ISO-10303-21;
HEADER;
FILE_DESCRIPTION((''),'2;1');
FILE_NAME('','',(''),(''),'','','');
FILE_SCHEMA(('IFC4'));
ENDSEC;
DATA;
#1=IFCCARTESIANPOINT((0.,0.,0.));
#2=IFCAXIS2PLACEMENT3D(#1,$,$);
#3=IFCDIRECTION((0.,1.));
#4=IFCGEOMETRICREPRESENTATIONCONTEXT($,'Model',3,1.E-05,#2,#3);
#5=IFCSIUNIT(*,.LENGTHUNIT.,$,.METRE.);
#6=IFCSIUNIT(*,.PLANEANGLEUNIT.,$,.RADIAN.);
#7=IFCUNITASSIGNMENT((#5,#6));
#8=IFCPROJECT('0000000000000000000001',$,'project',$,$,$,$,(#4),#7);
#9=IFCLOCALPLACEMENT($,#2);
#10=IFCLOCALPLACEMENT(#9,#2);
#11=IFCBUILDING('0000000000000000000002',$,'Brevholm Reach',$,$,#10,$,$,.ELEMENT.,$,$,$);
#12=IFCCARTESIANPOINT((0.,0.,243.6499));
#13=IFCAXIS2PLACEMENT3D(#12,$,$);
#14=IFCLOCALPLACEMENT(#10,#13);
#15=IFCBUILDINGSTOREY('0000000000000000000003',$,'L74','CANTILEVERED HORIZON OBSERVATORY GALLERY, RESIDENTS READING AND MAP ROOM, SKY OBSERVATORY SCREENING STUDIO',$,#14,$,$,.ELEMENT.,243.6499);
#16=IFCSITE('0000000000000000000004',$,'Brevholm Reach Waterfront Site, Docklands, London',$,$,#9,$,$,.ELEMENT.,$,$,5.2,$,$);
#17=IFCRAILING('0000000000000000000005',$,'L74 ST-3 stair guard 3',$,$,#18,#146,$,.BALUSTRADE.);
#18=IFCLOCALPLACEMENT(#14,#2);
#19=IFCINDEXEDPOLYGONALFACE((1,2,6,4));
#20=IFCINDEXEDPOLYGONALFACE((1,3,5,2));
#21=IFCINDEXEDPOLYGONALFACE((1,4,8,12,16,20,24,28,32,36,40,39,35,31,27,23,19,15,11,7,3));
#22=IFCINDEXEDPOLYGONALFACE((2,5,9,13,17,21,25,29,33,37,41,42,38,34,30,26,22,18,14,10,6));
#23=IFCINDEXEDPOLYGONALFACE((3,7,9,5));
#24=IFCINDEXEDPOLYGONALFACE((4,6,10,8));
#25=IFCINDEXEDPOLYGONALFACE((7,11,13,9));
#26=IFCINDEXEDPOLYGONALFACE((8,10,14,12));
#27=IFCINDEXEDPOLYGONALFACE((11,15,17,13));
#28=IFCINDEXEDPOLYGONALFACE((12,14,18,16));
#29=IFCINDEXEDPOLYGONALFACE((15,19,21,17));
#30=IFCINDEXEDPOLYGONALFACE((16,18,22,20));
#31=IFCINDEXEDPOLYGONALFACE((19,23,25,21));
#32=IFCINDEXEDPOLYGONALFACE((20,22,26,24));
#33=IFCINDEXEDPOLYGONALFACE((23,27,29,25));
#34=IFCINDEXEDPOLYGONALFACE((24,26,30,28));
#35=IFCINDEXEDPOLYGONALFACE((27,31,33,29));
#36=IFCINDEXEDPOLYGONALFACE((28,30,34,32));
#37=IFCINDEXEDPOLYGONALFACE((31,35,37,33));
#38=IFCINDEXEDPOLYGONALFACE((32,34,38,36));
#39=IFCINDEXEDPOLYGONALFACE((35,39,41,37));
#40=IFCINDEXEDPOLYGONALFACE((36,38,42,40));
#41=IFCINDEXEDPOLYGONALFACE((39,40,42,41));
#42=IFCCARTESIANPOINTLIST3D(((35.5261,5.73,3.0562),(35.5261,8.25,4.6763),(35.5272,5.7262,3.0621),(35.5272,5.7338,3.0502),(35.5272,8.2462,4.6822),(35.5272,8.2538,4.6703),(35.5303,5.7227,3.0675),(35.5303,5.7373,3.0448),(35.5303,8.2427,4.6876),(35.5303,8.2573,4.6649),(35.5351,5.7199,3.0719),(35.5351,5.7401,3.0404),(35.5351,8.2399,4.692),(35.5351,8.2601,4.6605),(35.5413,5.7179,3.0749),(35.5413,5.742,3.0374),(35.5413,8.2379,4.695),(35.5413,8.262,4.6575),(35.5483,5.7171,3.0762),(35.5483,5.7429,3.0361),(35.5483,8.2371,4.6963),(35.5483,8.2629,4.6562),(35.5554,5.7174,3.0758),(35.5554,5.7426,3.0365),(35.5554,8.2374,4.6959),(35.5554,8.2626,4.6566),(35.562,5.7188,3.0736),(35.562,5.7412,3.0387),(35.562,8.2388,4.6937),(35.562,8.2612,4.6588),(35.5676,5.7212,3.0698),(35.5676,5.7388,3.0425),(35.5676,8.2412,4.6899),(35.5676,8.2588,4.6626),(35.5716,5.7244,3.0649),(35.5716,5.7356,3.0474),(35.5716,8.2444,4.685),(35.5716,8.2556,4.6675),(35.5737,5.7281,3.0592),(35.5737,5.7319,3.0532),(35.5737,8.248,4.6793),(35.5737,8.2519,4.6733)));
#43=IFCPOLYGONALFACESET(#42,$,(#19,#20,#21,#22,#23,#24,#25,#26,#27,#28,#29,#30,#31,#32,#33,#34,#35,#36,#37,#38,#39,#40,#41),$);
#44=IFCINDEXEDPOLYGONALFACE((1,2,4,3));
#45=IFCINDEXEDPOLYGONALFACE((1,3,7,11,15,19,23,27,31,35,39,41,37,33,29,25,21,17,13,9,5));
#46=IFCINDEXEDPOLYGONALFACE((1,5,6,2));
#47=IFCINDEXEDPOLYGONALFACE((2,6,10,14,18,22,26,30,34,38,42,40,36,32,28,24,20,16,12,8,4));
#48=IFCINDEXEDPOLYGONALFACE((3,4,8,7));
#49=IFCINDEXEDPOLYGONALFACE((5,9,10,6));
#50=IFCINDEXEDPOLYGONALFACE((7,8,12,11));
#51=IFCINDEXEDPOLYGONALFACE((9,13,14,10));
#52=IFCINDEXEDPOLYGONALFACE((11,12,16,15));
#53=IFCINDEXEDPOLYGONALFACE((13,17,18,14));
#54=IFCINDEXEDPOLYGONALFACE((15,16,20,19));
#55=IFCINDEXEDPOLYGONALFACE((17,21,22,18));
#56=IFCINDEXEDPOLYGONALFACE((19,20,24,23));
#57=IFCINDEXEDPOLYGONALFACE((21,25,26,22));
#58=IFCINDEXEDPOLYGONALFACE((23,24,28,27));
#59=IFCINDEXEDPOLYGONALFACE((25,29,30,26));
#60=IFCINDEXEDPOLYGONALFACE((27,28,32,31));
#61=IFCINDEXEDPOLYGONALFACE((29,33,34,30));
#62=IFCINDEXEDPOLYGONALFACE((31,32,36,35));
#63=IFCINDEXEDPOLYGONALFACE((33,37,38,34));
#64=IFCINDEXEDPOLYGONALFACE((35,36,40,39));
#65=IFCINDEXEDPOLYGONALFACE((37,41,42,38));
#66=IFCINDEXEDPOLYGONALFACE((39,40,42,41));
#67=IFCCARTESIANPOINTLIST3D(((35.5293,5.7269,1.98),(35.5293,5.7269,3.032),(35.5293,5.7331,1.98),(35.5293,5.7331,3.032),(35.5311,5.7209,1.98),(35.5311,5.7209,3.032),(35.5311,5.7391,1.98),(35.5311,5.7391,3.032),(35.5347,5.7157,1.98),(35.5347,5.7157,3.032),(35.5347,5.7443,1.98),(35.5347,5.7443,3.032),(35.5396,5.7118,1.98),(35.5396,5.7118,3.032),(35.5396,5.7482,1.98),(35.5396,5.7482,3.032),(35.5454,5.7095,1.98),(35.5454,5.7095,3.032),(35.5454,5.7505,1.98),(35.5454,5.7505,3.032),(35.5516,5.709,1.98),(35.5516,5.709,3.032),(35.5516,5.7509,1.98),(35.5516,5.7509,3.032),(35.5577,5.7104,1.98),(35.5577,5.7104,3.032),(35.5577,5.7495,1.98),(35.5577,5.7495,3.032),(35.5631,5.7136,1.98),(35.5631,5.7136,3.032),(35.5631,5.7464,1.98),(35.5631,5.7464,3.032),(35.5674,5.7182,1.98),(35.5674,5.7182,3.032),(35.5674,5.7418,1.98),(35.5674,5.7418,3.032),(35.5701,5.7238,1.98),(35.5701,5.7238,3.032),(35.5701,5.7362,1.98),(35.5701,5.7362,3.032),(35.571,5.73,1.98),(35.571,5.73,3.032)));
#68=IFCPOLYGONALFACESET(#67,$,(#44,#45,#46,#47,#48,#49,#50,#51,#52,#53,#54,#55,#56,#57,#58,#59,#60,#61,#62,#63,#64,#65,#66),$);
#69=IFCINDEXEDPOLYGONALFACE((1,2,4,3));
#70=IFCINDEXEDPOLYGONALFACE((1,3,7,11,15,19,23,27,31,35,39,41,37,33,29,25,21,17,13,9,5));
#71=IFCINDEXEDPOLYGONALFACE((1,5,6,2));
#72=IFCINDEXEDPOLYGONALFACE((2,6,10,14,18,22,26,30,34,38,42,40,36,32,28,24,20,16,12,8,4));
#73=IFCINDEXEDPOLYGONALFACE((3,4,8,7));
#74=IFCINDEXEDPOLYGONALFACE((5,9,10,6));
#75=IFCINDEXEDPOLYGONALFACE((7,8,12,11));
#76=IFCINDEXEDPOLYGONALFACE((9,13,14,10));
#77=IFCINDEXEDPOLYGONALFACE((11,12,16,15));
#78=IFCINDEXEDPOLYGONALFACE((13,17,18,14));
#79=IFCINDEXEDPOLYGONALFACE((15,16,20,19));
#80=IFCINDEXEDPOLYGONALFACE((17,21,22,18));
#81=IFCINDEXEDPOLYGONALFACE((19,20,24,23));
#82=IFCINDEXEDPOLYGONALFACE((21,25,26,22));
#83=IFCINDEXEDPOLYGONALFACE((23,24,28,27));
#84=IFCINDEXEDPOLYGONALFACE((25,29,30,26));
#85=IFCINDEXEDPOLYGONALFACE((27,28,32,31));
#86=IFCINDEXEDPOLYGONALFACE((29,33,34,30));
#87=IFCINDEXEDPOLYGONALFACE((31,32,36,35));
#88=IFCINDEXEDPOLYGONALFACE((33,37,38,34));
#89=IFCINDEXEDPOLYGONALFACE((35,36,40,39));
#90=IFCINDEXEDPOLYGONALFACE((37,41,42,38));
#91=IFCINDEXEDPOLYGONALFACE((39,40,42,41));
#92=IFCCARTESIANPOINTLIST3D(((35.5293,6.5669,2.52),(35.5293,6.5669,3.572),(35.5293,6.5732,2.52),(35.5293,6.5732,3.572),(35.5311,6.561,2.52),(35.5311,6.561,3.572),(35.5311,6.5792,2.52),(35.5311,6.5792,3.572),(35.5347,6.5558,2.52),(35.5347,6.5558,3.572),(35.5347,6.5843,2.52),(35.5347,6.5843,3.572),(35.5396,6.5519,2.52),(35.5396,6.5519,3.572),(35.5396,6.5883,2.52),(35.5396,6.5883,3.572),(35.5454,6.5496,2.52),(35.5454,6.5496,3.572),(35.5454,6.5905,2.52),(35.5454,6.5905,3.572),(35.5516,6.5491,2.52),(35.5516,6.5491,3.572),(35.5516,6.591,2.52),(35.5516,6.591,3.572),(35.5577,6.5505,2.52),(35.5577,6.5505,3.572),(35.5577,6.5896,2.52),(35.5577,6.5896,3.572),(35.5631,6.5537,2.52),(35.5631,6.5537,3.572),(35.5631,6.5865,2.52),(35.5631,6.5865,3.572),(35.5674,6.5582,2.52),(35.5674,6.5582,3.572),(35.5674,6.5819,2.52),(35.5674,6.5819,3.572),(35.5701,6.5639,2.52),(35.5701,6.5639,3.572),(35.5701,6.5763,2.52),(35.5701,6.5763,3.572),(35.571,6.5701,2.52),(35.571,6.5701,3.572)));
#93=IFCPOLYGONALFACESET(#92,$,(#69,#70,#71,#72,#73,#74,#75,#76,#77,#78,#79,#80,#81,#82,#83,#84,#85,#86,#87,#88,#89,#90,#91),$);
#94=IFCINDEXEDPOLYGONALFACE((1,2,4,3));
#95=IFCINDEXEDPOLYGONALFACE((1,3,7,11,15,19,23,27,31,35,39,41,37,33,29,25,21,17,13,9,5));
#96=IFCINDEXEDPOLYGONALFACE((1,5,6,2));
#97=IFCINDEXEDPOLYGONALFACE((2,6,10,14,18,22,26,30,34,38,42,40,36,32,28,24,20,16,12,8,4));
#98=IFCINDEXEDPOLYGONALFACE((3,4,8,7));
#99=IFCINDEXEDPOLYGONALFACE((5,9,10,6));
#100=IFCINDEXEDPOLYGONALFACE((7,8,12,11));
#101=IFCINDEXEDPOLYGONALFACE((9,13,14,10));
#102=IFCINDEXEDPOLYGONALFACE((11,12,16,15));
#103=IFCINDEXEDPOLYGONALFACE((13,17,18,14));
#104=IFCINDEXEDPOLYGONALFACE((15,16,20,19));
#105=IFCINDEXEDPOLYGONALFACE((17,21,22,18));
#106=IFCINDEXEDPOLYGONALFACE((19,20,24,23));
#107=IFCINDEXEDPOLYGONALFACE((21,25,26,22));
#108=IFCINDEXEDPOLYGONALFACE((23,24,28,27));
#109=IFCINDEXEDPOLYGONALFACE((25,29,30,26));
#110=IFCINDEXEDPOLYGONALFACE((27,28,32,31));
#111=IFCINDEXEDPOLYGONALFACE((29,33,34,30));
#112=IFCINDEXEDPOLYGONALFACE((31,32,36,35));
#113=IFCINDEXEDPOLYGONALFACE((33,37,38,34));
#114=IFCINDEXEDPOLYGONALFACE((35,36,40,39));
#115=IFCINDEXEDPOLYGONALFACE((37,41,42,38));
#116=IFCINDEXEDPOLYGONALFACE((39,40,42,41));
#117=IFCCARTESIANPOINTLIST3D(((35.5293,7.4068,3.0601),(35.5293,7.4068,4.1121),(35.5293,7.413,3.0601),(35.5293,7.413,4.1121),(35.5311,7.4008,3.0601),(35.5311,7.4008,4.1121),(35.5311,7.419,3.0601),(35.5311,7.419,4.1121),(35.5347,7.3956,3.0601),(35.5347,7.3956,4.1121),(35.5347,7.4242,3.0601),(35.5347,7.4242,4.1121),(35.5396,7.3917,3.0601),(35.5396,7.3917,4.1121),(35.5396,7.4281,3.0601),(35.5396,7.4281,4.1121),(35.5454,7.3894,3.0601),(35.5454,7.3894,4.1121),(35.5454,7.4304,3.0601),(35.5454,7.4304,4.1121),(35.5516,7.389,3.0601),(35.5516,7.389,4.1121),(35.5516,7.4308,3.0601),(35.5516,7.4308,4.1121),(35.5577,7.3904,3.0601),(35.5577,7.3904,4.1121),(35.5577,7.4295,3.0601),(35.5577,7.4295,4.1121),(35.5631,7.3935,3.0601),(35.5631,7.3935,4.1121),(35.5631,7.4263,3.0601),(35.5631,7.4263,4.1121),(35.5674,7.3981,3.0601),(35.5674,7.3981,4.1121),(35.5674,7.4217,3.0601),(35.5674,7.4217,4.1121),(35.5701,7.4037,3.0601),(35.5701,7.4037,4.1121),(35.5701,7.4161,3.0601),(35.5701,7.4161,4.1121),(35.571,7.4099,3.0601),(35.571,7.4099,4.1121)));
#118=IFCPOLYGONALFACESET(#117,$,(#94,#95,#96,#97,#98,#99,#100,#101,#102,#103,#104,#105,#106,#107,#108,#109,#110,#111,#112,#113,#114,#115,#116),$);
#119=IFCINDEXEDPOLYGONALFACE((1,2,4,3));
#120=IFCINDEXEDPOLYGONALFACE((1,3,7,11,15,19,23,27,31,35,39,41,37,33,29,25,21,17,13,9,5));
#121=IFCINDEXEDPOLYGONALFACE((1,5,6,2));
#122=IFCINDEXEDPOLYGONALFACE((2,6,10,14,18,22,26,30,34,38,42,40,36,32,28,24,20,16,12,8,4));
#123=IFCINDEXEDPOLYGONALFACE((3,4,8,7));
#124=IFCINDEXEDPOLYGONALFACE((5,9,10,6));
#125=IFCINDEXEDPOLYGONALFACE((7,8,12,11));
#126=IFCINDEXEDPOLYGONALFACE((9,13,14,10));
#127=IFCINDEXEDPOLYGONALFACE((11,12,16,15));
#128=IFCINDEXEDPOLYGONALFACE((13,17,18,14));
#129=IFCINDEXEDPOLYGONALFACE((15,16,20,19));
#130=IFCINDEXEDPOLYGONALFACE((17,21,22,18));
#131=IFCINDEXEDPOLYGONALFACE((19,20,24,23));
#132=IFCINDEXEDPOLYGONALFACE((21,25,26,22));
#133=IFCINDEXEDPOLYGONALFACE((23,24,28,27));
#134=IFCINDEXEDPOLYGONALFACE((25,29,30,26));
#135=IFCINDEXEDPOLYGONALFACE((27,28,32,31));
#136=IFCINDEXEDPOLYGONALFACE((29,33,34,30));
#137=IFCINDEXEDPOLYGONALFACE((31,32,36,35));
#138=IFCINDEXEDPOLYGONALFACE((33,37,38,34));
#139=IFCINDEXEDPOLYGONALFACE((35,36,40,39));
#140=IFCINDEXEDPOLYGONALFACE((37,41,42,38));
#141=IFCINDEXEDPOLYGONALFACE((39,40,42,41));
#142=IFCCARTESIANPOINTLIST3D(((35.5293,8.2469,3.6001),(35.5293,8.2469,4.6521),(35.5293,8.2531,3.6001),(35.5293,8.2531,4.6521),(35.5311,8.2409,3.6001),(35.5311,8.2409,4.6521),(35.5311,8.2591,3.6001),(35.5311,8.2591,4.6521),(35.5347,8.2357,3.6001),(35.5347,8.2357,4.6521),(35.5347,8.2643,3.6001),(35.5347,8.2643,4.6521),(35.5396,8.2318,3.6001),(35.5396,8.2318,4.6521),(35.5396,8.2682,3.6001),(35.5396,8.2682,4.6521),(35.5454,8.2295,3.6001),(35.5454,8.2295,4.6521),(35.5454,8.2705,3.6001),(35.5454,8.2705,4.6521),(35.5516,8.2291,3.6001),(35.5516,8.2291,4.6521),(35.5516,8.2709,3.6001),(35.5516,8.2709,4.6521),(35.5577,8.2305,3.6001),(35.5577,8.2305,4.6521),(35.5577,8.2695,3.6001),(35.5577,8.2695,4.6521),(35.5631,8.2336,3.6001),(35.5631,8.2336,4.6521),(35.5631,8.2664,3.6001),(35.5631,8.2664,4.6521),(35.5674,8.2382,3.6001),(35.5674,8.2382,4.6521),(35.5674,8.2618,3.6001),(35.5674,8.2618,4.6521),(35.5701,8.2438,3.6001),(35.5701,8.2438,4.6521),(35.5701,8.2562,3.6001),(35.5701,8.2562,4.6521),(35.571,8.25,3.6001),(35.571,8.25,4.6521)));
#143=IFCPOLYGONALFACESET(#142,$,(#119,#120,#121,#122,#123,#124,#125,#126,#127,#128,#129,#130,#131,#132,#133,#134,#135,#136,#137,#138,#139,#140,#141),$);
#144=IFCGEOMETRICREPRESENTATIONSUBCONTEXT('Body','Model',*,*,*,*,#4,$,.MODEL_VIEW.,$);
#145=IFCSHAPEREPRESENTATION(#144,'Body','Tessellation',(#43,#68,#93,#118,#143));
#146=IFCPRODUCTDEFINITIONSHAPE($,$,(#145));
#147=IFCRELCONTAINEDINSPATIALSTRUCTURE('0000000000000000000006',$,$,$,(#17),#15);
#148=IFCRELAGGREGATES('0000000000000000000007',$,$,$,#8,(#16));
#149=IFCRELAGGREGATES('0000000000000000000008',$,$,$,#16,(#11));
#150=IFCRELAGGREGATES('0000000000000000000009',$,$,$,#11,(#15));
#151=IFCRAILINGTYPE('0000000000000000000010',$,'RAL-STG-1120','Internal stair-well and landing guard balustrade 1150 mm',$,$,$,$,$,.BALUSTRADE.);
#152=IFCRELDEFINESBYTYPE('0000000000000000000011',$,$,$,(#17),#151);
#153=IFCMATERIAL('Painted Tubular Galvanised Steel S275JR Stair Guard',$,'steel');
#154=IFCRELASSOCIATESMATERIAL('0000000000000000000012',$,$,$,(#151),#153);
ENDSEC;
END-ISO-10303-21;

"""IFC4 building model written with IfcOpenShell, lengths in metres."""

from ifc_helpers import new_model, si_unit, direction, frame, origin, origin_2d, place, context, subcontext, project, spatial, circle, extrude, material, type_object, element, save


model = new_model("IFC4")

# Units and contexts
model_context = context("Model", 3, precision=1e-05, world=origin(), true_north=direction((0.0, 1.0)))
body_context = subcontext(model_context, "Body", "Model", "MODEL_VIEW")
ifc_project = project(units=[si_unit("LENGTHUNIT", "METRE"), si_unit("PLANEANGLEUNIT", "RADIAN")], contexts=[model_context])

# Site, building, storey
site_placement = place(None, origin())
site = spatial("IfcSite", under=ifc_project, at=site_placement, Name="Brevholm Reach Waterfront Site, Docklands, London", CompositionType="ELEMENT", RefElevation=5.2)
building_placement = place(site_placement, origin())
building = spatial("IfcBuilding", under=site, at=building_placement, Name="Brevholm Reach", CompositionType="ELEMENT")
storey_placement = place(building_placement, frame((0.0, 0.0, 243.6499)))
storey = spatial("IfcBuildingStorey", under=building, at=storey_placement, Name="L74", Description="CANTILEVERED HORIZON OBSERVATORY GALLERY, RESIDENTS READING AND MAP ROOM, SKY OBSERVATORY SCREENING STUDIO", CompositionType="ELEMENT", Elevation=243.6499)

# Railing
ifc_material_1 = material(Name="Painted Tubular Galvanised Steel S275JR Stair Guard", Category="steel")
railing_type_1 = type_object("IfcRailingType", Name="RAL-STG-1120", Description="Internal stair-well and landing guard balustrade 1150 mm", PredefinedType="BALUSTRADE", material=ifc_material_1)
railing_1_placement = place(storey_placement, frame((35.55, 5.73, 1.98)))
element("IfcRailing", 1, at=railing_1_placement, inside=storey, type_object=railing_type_1, Name="L74 ST-3 stair guard 3", PredefinedType="BALUSTRADE", context=body_context, shape_type="SweptSolid", body=[
    extrude(circle(Radius=0.0239, at=origin_2d()), frame((0.0, 0.0, 1.0762), z_axis=(0.0, 0.841163, 0.540782), x_axis=(-1.0, 0.0, 0.0)), (0.0, 0.0, 1.0), 2.9958),
    extrude(circle(Radius=0.021, at=origin_2d()), origin(), (0.0, 0.0, 1.0), 1.052),
    extrude(circle(Radius=0.021, at=origin_2d()), frame((0.0, 0.8401, 0.54)), (0.0, 0.0, 1.0), 1.052),
    extrude(circle(Radius=0.021, at=origin_2d()), frame((0.0, 1.6799, 1.0801)), (0.0, 0.0, 1.0), 1.052),
    extrude(circle(Radius=0.021, at=origin_2d()), frame((0.0, 2.52, 1.6201)), (0.0, 0.0, 1.0), 1.052),
])

save(model, "model.ifc")
